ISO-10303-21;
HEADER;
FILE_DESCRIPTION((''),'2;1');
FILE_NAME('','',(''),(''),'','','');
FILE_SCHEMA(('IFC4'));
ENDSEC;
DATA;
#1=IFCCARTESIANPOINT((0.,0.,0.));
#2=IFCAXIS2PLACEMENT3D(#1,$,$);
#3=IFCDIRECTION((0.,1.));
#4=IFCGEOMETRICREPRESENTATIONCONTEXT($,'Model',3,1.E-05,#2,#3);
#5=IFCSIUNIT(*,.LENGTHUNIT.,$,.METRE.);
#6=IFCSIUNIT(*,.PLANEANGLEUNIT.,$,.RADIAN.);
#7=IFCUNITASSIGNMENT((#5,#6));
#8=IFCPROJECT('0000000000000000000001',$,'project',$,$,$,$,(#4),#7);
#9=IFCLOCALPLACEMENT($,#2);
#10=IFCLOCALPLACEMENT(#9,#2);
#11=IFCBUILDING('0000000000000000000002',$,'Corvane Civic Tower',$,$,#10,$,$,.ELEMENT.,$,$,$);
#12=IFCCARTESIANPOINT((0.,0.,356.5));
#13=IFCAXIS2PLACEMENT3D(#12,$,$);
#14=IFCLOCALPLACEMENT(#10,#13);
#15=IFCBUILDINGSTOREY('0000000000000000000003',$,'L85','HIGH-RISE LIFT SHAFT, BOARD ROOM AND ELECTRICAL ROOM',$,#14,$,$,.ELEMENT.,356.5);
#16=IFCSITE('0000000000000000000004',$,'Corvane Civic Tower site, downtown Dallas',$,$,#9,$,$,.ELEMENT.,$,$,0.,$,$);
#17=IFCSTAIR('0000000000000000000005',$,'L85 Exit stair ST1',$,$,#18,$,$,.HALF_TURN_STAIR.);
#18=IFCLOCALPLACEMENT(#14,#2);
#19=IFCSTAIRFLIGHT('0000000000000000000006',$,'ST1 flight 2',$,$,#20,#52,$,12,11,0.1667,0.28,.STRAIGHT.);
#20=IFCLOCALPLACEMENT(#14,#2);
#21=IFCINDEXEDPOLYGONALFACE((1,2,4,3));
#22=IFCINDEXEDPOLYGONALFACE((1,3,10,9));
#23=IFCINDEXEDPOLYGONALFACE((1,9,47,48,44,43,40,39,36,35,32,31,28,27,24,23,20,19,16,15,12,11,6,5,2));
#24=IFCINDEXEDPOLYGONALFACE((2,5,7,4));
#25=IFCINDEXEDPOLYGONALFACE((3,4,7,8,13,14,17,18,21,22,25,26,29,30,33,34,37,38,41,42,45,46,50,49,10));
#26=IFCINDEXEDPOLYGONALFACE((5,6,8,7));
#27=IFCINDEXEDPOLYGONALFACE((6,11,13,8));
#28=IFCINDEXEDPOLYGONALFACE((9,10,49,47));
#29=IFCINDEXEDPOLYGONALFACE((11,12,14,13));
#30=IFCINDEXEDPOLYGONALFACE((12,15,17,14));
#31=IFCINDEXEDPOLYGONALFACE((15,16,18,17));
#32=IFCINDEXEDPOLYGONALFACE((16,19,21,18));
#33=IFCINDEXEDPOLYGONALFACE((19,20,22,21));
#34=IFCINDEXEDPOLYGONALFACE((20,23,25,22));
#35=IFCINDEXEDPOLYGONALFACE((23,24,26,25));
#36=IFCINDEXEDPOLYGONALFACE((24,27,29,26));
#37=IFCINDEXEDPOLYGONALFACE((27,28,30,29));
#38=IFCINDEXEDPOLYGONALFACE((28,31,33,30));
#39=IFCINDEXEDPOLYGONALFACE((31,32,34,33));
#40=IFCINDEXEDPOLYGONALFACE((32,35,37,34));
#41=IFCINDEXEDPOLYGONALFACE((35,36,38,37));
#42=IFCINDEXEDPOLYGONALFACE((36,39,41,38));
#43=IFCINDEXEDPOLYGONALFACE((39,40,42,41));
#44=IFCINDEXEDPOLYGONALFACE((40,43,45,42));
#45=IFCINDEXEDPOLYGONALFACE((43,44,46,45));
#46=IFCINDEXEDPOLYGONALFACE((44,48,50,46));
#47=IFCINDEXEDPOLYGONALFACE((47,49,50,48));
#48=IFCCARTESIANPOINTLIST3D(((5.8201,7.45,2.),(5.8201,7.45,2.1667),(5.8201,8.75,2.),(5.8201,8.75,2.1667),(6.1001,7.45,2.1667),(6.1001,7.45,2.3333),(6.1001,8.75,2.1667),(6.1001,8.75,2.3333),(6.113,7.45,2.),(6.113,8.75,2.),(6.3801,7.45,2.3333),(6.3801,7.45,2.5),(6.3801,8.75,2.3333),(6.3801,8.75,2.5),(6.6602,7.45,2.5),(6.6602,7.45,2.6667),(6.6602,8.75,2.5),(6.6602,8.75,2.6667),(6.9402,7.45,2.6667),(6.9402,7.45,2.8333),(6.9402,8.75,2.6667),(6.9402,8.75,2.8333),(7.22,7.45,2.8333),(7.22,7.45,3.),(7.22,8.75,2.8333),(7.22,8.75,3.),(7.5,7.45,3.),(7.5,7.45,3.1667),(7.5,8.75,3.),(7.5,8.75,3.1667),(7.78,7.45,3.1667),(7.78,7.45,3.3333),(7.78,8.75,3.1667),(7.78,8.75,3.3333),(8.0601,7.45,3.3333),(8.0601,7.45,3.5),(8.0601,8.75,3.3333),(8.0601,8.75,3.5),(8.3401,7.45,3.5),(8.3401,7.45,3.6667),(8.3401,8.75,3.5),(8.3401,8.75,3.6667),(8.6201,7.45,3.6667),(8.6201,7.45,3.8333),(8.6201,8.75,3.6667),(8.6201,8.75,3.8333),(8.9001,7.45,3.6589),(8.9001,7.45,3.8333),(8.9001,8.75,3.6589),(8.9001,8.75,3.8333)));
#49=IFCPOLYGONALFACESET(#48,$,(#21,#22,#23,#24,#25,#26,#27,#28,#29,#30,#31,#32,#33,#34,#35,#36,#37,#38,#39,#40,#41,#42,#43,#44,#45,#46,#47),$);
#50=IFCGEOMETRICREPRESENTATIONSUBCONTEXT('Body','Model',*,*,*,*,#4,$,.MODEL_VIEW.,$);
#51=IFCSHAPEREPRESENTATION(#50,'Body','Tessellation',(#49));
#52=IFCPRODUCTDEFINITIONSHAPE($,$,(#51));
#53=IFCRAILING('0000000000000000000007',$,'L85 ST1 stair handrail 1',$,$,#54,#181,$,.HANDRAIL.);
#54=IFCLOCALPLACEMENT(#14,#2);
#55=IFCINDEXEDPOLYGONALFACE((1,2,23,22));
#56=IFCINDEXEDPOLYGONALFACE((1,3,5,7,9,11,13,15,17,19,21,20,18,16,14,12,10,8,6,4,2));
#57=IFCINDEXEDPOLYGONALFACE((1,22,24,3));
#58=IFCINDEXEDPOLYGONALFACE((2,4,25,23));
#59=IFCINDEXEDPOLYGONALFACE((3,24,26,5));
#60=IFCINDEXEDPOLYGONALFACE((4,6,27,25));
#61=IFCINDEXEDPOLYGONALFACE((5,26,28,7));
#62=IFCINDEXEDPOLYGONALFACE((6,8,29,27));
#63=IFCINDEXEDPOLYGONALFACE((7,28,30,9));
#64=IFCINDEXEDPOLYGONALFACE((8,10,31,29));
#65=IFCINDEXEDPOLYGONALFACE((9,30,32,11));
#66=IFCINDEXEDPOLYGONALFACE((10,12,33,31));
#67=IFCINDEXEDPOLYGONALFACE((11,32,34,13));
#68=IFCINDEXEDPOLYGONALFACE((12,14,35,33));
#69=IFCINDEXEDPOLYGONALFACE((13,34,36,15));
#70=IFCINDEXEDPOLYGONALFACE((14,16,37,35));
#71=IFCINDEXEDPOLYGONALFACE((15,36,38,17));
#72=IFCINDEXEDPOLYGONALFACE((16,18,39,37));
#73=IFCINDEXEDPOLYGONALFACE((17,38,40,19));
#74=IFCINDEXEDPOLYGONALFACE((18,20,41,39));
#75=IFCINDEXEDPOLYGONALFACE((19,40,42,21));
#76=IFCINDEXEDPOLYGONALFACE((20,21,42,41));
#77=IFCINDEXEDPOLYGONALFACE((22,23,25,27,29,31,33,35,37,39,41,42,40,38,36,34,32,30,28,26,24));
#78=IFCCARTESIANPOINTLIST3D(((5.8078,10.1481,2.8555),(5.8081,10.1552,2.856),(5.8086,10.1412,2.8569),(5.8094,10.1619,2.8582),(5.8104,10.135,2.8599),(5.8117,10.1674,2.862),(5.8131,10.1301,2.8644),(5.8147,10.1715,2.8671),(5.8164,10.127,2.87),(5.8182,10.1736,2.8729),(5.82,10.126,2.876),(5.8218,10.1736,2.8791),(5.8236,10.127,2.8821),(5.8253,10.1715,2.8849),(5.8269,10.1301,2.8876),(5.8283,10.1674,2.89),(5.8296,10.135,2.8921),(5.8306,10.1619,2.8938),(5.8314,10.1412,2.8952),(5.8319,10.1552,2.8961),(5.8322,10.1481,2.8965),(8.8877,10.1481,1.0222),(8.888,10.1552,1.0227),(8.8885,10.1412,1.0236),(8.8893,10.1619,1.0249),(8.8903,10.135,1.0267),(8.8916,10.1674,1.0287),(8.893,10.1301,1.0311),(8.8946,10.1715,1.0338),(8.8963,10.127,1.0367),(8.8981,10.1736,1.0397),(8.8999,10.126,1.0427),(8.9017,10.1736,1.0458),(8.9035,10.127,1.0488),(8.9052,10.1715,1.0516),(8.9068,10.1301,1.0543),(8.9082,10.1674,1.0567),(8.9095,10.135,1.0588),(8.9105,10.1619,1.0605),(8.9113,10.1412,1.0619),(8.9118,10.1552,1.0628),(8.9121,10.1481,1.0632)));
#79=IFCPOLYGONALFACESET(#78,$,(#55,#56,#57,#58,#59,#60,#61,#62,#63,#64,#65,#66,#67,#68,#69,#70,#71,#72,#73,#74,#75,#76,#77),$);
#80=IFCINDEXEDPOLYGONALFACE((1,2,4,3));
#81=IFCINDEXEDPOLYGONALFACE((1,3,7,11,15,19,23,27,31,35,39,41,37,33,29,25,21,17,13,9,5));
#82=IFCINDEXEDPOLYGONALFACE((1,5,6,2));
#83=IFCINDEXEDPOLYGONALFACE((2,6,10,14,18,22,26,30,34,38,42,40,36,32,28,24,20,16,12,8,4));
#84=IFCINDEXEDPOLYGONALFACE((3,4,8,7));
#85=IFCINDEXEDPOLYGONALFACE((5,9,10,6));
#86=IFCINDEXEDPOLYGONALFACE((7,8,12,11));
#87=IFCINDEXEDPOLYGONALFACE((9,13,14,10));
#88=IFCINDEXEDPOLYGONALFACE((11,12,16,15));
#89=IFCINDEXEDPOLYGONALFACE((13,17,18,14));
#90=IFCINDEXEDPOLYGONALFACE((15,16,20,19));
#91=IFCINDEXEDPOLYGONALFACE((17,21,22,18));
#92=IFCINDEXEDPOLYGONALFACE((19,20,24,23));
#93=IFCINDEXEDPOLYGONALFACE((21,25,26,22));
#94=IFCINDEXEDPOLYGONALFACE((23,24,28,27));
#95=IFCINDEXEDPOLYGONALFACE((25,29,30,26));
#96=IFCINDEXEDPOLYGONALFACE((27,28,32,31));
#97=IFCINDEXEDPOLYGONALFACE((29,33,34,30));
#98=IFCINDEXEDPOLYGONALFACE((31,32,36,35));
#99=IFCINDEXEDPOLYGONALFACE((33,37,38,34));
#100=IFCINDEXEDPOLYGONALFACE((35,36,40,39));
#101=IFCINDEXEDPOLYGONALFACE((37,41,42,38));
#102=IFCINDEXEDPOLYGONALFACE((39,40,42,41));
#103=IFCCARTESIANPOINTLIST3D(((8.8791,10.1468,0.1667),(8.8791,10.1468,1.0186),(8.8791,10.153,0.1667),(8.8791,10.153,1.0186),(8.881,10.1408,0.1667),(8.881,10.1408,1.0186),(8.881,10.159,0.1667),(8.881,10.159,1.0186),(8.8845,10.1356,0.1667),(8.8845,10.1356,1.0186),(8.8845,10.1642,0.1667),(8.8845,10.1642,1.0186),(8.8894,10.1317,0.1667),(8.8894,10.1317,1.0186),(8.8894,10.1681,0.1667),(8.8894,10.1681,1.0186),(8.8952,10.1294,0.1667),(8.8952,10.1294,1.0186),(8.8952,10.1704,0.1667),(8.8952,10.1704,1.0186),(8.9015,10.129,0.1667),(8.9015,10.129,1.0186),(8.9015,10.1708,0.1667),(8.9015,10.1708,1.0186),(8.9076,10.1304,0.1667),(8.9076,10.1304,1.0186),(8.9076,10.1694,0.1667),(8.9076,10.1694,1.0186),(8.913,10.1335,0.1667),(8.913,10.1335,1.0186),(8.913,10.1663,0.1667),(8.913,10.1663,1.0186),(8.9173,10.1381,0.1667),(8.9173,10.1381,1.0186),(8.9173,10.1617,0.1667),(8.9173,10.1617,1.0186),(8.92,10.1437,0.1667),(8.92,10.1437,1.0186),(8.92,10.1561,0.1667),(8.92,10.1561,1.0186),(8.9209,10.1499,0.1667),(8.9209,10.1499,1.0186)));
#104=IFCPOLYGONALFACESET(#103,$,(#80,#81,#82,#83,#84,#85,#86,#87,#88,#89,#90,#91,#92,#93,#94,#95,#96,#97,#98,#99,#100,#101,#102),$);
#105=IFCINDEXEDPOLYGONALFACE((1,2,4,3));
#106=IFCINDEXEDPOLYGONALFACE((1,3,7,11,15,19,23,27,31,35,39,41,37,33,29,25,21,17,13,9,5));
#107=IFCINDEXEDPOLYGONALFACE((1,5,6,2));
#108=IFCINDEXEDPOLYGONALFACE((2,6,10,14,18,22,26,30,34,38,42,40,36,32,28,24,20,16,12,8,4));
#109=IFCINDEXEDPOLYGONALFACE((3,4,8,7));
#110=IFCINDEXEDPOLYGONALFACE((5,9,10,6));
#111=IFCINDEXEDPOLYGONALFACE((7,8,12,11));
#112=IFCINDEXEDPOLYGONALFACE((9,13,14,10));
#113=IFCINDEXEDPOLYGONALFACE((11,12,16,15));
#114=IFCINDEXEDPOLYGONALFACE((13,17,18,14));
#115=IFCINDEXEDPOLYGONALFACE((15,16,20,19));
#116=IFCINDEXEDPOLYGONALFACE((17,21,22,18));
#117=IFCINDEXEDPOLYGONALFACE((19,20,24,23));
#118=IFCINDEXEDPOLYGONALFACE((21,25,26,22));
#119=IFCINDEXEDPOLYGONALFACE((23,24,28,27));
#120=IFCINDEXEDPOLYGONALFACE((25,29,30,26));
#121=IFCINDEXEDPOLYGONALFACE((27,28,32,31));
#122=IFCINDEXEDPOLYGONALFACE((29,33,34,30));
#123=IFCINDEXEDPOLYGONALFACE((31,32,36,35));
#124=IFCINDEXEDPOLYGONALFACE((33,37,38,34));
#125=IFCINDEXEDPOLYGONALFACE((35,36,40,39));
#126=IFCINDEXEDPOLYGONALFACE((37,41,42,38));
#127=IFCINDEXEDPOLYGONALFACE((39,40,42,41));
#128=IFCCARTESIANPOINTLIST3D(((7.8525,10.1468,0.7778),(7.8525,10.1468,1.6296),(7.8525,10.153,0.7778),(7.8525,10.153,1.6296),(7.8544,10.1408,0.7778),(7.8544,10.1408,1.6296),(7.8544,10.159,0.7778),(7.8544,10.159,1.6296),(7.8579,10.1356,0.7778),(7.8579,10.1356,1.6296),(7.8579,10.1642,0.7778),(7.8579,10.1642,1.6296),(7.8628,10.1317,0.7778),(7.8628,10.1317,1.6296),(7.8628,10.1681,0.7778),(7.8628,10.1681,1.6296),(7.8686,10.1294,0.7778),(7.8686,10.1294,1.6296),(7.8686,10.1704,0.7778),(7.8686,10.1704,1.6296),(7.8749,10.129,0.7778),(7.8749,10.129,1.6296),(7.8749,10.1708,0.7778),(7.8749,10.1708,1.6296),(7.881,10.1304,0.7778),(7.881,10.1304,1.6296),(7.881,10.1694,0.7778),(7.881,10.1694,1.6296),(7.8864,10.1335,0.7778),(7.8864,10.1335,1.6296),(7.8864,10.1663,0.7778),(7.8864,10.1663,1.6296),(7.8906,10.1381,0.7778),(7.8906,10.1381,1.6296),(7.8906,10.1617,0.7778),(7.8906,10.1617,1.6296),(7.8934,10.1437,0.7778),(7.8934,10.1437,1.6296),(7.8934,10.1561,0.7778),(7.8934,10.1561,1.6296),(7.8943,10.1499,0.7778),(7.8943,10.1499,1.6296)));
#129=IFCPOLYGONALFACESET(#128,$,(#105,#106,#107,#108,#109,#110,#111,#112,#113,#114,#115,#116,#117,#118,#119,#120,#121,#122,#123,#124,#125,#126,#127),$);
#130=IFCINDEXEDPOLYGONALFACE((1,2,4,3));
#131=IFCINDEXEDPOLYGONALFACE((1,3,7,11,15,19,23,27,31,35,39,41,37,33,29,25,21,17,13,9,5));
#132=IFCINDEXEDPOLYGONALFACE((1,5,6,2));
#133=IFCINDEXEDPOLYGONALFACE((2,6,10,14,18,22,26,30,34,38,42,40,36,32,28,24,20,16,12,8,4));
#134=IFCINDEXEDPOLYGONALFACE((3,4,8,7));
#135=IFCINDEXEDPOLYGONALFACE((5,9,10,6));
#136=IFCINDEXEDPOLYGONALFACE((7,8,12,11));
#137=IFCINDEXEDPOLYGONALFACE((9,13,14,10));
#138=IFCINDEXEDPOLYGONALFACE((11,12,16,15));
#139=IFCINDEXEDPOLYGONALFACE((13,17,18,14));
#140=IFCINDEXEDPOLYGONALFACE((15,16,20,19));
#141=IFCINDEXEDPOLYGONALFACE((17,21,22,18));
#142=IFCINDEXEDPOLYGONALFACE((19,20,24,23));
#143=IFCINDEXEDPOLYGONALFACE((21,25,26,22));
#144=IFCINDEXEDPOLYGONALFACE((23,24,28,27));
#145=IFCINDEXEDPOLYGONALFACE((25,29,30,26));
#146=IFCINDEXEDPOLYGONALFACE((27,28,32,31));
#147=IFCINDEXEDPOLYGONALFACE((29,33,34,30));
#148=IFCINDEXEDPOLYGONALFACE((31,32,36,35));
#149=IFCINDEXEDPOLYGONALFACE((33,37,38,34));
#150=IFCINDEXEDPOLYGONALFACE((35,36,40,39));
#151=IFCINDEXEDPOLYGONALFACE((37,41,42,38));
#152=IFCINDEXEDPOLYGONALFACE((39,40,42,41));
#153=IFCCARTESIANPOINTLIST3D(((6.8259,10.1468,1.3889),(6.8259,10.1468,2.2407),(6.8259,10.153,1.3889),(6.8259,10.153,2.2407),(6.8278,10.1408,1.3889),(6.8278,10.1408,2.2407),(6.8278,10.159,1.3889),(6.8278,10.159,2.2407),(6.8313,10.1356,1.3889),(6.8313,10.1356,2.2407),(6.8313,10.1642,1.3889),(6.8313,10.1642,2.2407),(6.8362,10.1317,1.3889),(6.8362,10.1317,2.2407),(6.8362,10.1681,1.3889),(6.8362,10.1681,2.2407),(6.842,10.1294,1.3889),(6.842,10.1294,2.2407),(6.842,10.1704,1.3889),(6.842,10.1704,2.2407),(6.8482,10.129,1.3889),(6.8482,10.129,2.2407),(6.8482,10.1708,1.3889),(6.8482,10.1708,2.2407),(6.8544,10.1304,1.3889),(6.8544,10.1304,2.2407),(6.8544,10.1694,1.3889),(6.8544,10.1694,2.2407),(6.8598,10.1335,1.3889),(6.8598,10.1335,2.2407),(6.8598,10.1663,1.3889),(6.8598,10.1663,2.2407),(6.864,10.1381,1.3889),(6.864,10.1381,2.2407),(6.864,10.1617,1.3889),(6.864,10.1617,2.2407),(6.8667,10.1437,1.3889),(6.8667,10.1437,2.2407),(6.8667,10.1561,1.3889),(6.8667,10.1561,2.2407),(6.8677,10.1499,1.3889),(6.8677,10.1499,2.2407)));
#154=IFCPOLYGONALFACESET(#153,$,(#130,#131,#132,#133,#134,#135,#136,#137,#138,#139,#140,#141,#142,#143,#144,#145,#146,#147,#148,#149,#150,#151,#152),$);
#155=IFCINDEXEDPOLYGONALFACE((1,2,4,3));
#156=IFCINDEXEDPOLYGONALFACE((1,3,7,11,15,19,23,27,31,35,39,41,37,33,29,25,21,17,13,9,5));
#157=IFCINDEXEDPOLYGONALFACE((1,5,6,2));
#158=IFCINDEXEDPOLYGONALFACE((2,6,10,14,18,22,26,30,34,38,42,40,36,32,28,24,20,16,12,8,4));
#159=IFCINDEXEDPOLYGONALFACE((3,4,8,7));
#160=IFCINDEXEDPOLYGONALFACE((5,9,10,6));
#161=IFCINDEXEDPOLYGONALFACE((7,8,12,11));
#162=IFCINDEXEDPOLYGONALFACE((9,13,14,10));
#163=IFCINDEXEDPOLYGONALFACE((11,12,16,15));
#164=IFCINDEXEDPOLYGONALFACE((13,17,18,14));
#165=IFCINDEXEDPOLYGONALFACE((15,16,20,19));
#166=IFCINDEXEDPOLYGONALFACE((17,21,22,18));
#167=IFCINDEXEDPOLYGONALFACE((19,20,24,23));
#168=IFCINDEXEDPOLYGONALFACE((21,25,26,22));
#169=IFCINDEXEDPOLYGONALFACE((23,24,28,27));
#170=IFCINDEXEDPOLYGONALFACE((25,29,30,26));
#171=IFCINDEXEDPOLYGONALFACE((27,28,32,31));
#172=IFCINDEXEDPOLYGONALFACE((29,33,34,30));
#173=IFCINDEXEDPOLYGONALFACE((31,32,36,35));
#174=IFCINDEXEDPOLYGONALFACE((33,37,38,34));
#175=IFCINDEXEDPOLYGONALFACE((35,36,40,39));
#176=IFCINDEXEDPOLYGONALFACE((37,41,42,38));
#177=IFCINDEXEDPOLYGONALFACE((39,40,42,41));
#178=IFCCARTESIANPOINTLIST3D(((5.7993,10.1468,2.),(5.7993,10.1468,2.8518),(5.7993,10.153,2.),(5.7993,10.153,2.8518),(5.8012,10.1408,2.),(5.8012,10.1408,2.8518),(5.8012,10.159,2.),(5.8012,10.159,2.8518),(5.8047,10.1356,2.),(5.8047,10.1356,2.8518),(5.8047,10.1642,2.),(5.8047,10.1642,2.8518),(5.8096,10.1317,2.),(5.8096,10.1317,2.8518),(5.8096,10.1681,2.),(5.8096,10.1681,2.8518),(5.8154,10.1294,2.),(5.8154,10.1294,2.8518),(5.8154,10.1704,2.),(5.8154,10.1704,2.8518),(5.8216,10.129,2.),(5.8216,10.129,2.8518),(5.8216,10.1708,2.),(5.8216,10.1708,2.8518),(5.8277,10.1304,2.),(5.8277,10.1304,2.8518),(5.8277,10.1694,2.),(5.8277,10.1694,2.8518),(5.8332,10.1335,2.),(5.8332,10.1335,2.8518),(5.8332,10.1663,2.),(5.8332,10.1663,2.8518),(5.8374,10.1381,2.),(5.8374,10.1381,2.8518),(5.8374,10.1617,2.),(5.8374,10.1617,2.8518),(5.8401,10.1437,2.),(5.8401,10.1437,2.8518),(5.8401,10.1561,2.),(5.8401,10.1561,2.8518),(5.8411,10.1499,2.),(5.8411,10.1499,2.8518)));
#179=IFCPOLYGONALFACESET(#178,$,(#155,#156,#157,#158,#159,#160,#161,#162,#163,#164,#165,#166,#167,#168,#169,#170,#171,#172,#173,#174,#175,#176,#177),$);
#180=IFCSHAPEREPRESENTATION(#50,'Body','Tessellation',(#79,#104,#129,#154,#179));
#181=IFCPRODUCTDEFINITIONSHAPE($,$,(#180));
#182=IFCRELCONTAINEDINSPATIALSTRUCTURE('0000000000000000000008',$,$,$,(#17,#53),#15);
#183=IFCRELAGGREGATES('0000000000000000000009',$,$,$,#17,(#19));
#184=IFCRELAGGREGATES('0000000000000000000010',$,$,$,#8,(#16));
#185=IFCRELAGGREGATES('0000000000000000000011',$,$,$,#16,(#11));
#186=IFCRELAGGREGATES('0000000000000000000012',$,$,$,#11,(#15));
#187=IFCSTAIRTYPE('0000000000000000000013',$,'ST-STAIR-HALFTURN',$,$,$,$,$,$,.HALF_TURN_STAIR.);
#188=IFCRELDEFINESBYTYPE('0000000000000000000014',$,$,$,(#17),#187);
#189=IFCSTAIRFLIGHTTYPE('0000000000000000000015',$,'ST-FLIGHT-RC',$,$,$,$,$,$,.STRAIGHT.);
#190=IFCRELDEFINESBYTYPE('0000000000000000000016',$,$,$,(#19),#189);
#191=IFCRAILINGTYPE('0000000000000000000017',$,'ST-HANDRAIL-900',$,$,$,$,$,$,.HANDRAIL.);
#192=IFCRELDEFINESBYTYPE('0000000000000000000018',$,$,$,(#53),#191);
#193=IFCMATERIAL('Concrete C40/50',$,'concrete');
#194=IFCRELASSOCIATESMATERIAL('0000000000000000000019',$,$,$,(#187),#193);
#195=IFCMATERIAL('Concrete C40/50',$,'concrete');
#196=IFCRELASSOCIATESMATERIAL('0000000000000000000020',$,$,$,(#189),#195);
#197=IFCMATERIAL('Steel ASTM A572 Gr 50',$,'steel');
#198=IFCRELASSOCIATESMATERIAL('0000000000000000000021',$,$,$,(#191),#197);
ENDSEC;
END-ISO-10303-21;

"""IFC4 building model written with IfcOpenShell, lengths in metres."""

from ifc_helpers import new_model, si_unit, direction, frame, origin, origin_2d, place, context, subcontext, project, spatial, polyline, circle, outline, extrude, material, type_object, element, aggregate, save


model = new_model("IFC4")

# Units and contexts
model_context = context("Model", 3, precision=1e-05, world=origin(), true_north=direction((0.0, 1.0)))
body_context = subcontext(model_context, "Body", "Model", "MODEL_VIEW")
ifc_project = project(units=[si_unit("LENGTHUNIT", "METRE"), si_unit("PLANEANGLEUNIT", "RADIAN")], contexts=[model_context])

# Site, building, storey
site_placement = place(None, origin())
site = spatial("IfcSite", under=ifc_project, at=site_placement, Name="Corvane Civic Tower site, downtown Dallas", CompositionType="ELEMENT", RefElevation=0.0)
building_placement = place(site_placement, origin())
building = spatial("IfcBuilding", under=site, at=building_placement, Name="Corvane Civic Tower", CompositionType="ELEMENT")
storey_placement = place(building_placement, frame((0.0, 0.0, 356.5)))
storey = spatial("IfcBuildingStorey", under=building, at=storey_placement, Name="L85", Description="HIGH-RISE LIFT SHAFT, BOARD ROOM AND ELECTRICAL ROOM", CompositionType="ELEMENT", Elevation=356.5)

# Stair, stair flight
ifc_material_1 = material(Name="Concrete C40/50", Category="concrete")
stair_type = type_object("IfcStairType", Name="ST-STAIR-HALFTURN", PredefinedType="HALF_TURN_STAIR", material=ifc_material_1)
stair_placement = place(storey_placement, origin())
stair = element("IfcStair", 1, at=stair_placement, inside=storey, type_object=stair_type, Name="L85 Exit stair ST1", PredefinedType="HALF_TURN_STAIR")
ifc_material_2 = material(Name="Concrete C40/50", Category="concrete")
stair_flight_type = type_object("IfcStairFlightType", Name="ST-FLIGHT-RC", PredefinedType="STRAIGHT", material=ifc_material_2)
stair_flight_1_placement = place(storey_placement, frame((5.8201, 8.1001, 2.0), z_axis=(0.0, 0.0, 1.0), x_axis=(1.0, 0.0, 0.0)))
stair_flight_1 = element("IfcStairFlight", 2, at=stair_flight_1_placement, type_object=stair_flight_type, Name="ST1 flight 2", NumberOfRisers=12, NumberOfTreads=11, PredefinedType="STRAIGHT", RiserHeight=0.1667, TreadLength=0.28, context=body_context, shape_type="SweptSolid", body=[
    extrude(outline(polyline([(0.0, 0.0), (0.0, 0.1667), (0.28, 0.1667), (0.28, 0.3333), (0.5601, 0.3333), (0.5601, 0.5), (0.8401, 0.5), (0.8401, 0.6667), (1.1201, 0.6667), (1.1201, 0.8333), (1.3999, 0.8333), (1.3999, 1.0), (1.6799, 1.0), (1.6799, 1.1667), (1.96, 1.1667), (1.96, 1.3333), (2.24, 1.3333), (2.24, 1.5), (2.52, 1.5), (2.52, 1.6667), (2.8, 1.6667), (2.8, 1.8333), (3.0801, 1.8333), (3.0801, 2.0), (3.0801, 1.6589), (0.293, 0.0), (0.0, 0.0)])), frame((0.0, 0.6499, 0.0), z_axis=(0.0, -1.0, 0.0), x_axis=(1.0, 0.0, 0.0)), (0.0, 0.0, 1.0), 1.3),
])
aggregate(stair, [stair_flight_1])

# Railing
ifc_material_3 = material(Name="Steel ASTM A572 Gr 50", Category="steel")
railing_type_1 = type_object("IfcRailingType", Name="ST-HANDRAIL-900", PredefinedType="HANDRAIL", material=ifc_material_3)
railing_1_placement = place(storey_placement, frame((8.8999, 10.1499, 0.1667)))
element("IfcRailing", 3, at=railing_1_placement, inside=storey, type_object=railing_type_1, Name="L85 ST1 stair handrail 1", PredefinedType="HANDRAIL", context=body_context, shape_type="SweptSolid", body=[
    extrude(circle(Radius=0.0239, at=origin_2d()), frame((0.0, 0.0, 0.876), z_axis=(-0.859291, 0.0, 0.511487), x_axis=(0.0, -1.0, 0.0)), (0.0, 0.0, 1.0), 3.5842),
    extrude(circle(Radius=0.021, at=origin_2d()), origin(), (0.0, 0.0, 1.0), 0.8518),
    extrude(circle(Radius=0.021, at=origin_2d()), frame((-1.0266, 0.0, 0.6111)), (0.0, 0.0, 1.0), 0.8518),
    extrude(circle(Radius=0.021, at=origin_2d()), frame((-2.0532, 0.0, 1.2222)), (0.0, 0.0, 1.0), 0.8518),
    extrude(circle(Radius=0.021, at=origin_2d()), frame((-3.0798, 0.0, 1.8333)), (0.0, 0.0, 1.0), 0.8518),
])

save(model, "model.ifc")
